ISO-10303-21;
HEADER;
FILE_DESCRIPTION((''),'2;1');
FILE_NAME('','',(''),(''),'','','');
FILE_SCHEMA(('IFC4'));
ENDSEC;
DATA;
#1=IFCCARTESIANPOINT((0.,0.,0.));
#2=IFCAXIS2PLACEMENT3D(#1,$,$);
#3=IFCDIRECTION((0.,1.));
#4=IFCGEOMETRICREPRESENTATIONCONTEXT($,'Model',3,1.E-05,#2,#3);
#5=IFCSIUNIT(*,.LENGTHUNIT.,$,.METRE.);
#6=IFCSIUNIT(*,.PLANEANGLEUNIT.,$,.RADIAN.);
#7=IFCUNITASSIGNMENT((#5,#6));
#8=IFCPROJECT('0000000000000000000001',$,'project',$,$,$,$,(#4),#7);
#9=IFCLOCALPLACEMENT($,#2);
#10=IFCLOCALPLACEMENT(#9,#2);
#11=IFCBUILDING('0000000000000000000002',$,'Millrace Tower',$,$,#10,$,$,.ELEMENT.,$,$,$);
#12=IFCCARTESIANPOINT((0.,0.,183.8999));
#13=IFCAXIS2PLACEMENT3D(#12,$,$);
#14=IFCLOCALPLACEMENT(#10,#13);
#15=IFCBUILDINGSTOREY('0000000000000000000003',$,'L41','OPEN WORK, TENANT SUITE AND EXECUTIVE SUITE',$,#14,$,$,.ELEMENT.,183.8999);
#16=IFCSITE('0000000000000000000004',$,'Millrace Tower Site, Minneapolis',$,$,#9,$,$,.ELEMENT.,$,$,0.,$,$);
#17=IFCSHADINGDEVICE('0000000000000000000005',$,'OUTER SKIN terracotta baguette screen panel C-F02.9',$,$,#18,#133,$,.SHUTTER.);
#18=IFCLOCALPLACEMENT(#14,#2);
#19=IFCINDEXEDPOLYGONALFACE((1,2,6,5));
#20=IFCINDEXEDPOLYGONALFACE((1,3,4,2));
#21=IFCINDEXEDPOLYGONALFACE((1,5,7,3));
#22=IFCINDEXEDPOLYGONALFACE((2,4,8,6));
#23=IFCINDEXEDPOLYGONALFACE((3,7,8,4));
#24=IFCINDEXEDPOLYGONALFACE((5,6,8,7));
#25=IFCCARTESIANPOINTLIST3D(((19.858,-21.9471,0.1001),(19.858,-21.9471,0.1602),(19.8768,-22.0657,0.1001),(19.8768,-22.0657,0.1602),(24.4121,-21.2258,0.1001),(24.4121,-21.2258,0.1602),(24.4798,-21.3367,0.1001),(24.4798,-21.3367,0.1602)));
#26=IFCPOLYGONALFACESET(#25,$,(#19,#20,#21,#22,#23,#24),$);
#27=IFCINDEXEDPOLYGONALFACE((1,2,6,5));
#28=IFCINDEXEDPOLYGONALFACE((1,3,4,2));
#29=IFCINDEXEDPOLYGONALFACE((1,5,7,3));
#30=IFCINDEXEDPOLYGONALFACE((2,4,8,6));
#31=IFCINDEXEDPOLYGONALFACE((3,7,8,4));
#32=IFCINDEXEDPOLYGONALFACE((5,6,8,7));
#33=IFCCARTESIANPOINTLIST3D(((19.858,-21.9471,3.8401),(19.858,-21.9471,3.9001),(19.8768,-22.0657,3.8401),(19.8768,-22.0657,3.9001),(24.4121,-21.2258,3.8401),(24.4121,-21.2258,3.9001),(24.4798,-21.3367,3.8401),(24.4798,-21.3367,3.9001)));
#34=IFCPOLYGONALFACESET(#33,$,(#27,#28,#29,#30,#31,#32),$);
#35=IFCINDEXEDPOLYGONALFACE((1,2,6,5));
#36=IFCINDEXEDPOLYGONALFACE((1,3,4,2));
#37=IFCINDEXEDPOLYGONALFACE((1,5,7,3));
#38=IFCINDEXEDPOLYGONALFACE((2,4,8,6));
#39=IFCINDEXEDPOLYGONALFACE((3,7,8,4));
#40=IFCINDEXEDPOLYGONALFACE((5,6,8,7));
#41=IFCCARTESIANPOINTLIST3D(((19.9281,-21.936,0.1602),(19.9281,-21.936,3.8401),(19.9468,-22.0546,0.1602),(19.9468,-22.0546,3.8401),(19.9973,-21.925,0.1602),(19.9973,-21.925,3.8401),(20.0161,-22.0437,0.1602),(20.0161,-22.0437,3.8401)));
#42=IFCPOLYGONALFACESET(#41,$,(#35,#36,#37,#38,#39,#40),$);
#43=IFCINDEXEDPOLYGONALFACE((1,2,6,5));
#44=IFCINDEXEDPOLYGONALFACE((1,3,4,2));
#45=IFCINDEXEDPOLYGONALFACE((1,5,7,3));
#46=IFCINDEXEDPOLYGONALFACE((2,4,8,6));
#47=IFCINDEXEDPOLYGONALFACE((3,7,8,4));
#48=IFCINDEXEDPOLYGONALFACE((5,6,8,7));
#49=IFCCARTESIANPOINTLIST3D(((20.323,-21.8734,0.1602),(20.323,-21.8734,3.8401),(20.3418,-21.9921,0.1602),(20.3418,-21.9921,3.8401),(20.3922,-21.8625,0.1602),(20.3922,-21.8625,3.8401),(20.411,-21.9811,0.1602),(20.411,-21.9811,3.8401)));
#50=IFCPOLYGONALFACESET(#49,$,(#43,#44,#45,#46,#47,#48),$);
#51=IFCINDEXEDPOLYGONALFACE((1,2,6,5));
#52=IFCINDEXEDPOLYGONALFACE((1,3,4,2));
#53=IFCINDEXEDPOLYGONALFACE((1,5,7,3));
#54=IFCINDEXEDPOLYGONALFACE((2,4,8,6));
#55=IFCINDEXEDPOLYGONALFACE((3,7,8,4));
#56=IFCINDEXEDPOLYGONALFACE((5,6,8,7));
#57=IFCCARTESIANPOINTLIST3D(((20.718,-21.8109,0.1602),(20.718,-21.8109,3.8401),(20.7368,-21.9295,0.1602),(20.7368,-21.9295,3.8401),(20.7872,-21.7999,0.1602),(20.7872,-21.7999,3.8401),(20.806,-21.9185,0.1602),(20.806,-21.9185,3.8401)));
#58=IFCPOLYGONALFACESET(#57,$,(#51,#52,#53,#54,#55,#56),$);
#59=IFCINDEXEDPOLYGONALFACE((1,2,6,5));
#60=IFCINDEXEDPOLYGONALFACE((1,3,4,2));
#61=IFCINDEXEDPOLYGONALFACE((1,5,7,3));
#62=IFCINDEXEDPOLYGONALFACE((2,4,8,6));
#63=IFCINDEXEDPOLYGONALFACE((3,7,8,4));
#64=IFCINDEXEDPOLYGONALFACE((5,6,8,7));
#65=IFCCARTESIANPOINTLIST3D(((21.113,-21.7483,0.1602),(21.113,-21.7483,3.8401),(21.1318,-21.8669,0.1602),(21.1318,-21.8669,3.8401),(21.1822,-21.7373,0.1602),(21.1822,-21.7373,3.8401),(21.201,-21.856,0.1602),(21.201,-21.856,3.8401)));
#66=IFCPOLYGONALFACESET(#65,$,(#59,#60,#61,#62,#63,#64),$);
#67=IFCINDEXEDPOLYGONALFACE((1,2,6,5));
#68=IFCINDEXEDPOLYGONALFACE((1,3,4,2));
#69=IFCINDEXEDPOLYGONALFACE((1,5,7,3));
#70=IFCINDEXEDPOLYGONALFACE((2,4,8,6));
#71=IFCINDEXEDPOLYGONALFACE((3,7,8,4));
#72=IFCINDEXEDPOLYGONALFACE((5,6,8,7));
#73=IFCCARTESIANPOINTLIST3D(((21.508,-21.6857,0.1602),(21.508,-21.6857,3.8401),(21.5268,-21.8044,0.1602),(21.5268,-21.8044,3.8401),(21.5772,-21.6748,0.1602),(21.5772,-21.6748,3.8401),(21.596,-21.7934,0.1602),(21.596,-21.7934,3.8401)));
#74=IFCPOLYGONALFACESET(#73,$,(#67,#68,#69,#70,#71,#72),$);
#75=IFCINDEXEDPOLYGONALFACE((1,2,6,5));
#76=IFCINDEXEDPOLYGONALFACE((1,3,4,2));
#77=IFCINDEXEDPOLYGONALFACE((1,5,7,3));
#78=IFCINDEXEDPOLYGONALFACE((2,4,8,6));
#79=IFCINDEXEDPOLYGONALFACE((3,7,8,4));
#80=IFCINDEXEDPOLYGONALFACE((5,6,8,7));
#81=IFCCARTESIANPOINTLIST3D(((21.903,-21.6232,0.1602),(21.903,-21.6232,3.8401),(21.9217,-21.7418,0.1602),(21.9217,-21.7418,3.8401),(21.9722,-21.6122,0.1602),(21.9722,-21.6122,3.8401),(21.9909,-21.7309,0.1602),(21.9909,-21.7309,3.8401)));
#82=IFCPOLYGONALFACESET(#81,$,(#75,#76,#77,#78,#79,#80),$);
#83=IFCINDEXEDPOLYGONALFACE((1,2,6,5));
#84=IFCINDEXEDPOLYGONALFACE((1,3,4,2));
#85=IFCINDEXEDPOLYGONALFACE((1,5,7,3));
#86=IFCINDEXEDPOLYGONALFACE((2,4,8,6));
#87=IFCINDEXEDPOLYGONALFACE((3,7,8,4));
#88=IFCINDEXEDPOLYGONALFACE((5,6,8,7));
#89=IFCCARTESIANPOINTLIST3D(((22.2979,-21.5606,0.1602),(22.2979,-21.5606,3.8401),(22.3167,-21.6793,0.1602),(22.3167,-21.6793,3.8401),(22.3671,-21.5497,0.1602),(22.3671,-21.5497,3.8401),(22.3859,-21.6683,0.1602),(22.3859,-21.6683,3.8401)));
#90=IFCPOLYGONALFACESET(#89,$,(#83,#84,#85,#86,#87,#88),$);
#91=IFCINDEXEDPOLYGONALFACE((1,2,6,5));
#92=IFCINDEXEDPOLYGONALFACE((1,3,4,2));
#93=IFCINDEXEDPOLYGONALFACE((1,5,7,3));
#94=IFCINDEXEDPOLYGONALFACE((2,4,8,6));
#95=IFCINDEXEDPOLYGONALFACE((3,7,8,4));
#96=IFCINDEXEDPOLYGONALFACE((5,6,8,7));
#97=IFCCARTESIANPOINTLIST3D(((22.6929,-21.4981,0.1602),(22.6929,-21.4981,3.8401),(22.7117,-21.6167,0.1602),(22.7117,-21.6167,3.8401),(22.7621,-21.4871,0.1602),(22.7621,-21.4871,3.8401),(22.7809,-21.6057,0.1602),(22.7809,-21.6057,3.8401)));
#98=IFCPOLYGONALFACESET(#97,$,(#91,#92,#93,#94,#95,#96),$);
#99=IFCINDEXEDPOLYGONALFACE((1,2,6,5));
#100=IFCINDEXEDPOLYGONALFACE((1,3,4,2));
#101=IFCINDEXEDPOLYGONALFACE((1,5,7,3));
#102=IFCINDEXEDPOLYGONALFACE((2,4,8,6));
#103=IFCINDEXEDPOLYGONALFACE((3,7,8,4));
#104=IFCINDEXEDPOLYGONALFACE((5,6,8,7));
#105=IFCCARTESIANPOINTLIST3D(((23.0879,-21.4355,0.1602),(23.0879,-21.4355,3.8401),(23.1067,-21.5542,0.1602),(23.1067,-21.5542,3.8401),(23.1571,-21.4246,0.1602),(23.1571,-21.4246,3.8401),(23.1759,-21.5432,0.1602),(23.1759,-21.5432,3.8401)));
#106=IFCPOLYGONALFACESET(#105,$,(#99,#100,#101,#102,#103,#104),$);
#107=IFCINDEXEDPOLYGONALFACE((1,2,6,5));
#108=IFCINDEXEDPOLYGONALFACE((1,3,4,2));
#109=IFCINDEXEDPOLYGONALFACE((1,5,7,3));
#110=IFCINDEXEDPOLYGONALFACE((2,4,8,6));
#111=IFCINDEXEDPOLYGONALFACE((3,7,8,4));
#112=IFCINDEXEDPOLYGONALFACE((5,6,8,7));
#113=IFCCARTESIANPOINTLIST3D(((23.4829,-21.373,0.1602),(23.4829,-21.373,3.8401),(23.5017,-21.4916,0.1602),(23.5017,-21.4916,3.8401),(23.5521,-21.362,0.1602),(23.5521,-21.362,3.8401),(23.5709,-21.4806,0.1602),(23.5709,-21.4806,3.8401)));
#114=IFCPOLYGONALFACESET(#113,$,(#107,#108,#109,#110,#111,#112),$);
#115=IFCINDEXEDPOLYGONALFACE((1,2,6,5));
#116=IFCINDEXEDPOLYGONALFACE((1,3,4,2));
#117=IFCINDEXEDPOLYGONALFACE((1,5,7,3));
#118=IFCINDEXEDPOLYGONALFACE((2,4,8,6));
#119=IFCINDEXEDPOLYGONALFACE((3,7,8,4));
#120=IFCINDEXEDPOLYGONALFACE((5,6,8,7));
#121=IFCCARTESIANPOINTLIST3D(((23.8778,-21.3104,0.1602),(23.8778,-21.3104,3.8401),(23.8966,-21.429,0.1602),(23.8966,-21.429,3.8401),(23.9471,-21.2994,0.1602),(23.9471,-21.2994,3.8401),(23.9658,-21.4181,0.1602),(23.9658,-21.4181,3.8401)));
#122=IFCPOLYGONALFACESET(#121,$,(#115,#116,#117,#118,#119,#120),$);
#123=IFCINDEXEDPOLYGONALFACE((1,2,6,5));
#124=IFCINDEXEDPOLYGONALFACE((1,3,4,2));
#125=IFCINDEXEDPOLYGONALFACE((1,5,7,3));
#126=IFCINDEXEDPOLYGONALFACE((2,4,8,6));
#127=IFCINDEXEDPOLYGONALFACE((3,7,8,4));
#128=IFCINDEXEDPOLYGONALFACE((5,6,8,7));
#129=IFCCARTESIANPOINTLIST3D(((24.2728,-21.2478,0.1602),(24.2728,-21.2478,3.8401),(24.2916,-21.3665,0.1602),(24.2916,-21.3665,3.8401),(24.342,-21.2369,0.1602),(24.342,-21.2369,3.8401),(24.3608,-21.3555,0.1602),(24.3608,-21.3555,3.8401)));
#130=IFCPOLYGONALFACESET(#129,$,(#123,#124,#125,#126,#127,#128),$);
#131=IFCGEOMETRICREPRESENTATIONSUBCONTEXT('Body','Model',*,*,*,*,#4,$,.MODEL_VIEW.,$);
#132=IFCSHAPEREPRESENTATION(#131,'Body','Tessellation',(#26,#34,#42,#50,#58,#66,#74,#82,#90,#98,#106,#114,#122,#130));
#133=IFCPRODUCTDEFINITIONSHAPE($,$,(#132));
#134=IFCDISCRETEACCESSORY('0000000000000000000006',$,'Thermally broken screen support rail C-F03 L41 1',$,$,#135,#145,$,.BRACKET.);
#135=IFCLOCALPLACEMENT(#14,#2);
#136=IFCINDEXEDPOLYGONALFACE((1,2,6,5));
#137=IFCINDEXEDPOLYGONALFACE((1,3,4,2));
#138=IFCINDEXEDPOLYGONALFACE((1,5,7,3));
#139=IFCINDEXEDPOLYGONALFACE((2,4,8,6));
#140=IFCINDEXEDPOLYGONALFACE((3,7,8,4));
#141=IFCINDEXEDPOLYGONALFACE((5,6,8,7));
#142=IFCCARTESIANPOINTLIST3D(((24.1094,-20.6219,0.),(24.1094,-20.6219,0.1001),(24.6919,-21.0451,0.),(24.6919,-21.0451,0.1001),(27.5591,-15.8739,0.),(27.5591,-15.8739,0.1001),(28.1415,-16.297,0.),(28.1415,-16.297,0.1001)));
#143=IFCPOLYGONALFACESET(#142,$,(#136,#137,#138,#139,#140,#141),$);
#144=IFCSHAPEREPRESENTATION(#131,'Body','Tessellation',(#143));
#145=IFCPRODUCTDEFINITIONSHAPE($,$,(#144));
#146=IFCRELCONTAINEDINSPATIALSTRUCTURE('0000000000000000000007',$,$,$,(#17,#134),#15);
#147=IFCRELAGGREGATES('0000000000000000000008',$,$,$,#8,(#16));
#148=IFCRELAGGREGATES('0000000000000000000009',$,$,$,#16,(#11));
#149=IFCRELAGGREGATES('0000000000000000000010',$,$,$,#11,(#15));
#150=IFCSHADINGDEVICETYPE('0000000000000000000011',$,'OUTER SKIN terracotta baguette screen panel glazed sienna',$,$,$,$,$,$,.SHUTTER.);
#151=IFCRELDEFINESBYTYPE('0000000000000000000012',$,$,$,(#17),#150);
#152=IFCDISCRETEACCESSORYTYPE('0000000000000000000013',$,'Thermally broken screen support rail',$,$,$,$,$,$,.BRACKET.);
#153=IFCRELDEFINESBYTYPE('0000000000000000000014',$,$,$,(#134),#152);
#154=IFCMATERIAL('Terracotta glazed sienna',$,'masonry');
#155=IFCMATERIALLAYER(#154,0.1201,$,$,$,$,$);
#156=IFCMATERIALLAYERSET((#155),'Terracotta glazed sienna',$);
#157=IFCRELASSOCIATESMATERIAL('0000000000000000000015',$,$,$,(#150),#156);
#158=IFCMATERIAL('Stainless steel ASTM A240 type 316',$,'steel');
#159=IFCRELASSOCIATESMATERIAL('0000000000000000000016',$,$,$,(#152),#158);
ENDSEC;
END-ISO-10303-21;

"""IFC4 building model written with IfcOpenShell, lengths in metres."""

from ifc_helpers import new_model, entity, si_unit, direction, frame, frame_2d, origin, origin_2d, place, context, subcontext, project, spatial, rectangle, extrude, source, transform, mapped, material, layer, layer_set, type_object, element, save


model = new_model("IFC4")

# Units and contexts
model_context = context("Model", 3, precision=1e-05, world=origin(), true_north=direction((0.0, 1.0)))
body_context = subcontext(model_context, "Body", "Model", "MODEL_VIEW")
ifc_project = project(units=[si_unit("LENGTHUNIT", "METRE"), si_unit("PLANEANGLEUNIT", "RADIAN")], contexts=[model_context])

# Site, building, storey
site_placement = place(None, origin())
site = spatial("IfcSite", under=ifc_project, at=site_placement, Name="Millrace Tower Site, Minneapolis", CompositionType="ELEMENT", RefElevation=0.0)
building_placement = place(site_placement, origin())
building = spatial("IfcBuilding", under=site, at=building_placement, Name="Millrace Tower", CompositionType="ELEMENT")
storey_placement = place(building_placement, frame((0.0, 0.0, 183.8999)))
storey = spatial("IfcBuildingStorey", under=building, at=storey_placement, Name="L41", Description="OPEN WORK, TENANT SUITE AND EXECUTIVE SUITE", CompositionType="ELEMENT", Elevation=183.8999)

# Shading device
ifc_material_1 = material(Name="Terracotta glazed sienna", Category="masonry")
ifc_layer_1 = layer(ifc_material_1, 0.1201)
ifc_layer_set_1 = layer_set([ifc_layer_1], Name="Terracotta glazed sienna")
shading_device_type = type_object("IfcShadingDeviceType", Name="OUTER SKIN terracotta baguette screen panel glazed sienna", PredefinedType="SHUTTER", material=ifc_layer_set_1)
cartesian_point_1 = entity("IfcCartesianPoint", [-2.3179, 0.0601])
shared_polyline_1 = entity("IfcPolyline", [cartesian_point_1, entity("IfcCartesianPoint", [2.293, 0.0601]), entity("IfcCartesianPoint", [2.3425, -0.0601]), entity("IfcCartesianPoint", [-2.3179, -0.0601]), cartesian_point_1])
shared_shape_1 = source(origin(), body_context, "Body", "SweptSolid", [
    entity("IfcExtrudedAreaSolid", entity("IfcArbitraryClosedProfileDef", "AREA", None, shared_polyline_1), entity("IfcAxis2Placement3D", entity("IfcCartesianPoint", [0.0, 0.0, 0.0])), entity("IfcDirection", [0.0, 0.0, 1.0]), 0.0601),
    entity("IfcExtrudedAreaSolid", entity("IfcArbitraryClosedProfileDef", "AREA", None, shared_polyline_1), entity("IfcAxis2Placement3D", entity("IfcCartesianPoint", [0.0, 0.0, 3.74])), entity("IfcDirection", [0.0, 0.0, 1.0]), 0.0601),
    extrude(rectangle(XDim=0.0701, YDim=0.1201, at=frame_2d((-2.2119, 0.0))), frame((0.0, 0.0, 0.0601)), (0.0, 0.0, 1.0), 3.6799),
    extrude(rectangle(XDim=0.0701, YDim=0.1201, at=frame_2d((-1.812, 0.0))), frame((0.0, 0.0, 0.0601)), (0.0, 0.0, 1.0), 3.6799),
    extrude(rectangle(XDim=0.0701, YDim=0.1201, at=frame_2d((-1.4121, 0.0))), frame((0.0, 0.0, 0.0601)), (0.0, 0.0, 1.0), 3.6799),
    extrude(rectangle(XDim=0.0701, YDim=0.1201, at=frame_2d((-1.0122, 0.0))), frame((0.0, 0.0, 0.0601)), (0.0, 0.0, 1.0), 3.6799),
    extrude(rectangle(XDim=0.0701, YDim=0.1201, at=frame_2d((-0.6123, 0.0))), frame((0.0, 0.0, 0.0601)), (0.0, 0.0, 1.0), 3.6799),
    extrude(rectangle(XDim=0.0701, YDim=0.1201, at=frame_2d((-0.2124, 0.0))), frame((0.0, 0.0, 0.0601)), (0.0, 0.0, 1.0), 3.6799),
    extrude(rectangle(XDim=0.0701, YDim=0.1201, at=frame_2d((0.1875, 0.0))), frame((0.0, 0.0, 0.0601)), (0.0, 0.0, 1.0), 3.6799),
    extrude(rectangle(XDim=0.0701, YDim=0.1201, at=frame_2d((0.5874, 0.0))), frame((0.0, 0.0, 0.0601)), (0.0, 0.0, 1.0), 3.6799),
    extrude(rectangle(XDim=0.0701, YDim=0.1201, at=frame_2d((0.9873, 0.0))), frame((0.0, 0.0, 0.0601)), (0.0, 0.0, 1.0), 3.6799),
    extrude(rectangle(XDim=0.0701, YDim=0.1201, at=frame_2d((1.3872, 0.0))), frame((0.0, 0.0, 0.0601)), (0.0, 0.0, 1.0), 3.6799),
    extrude(rectangle(XDim=0.0701, YDim=0.1201, at=frame_2d((1.7871, 0.0))), frame((0.0, 0.0, 0.0601)), (0.0, 0.0, 1.0), 3.6799),
    extrude(rectangle(XDim=0.0701, YDim=0.1201, at=frame_2d((2.187, 0.0))), frame((0.0, 0.0, 0.0601)), (0.0, 0.0, 1.0), 3.6799),
])
shading_device_1_placement = place(storey_placement, frame((22.1567, -21.6438, 0.1001), z_axis=(0.0, 0.0, 1.0), x_axis=(0.987688, 0.156434, 0.0)))
element("IfcShadingDevice", 1, at=shading_device_1_placement, inside=storey, type_object=shading_device_type, Name="OUTER SKIN terracotta baguette screen panel C-F02.9", PredefinedType="SHUTTER", context=body_context, shape_type="MappedRepresentation", body=[
    mapped(shared_shape_1, transform((0.0, 0.0, 0.0), scale=1.0)),
])

# Discrete accessory
ifc_material_2 = material(Name="Stainless steel ASTM A240 type 316", Category="steel")
discrete_accessory_type = type_object("IfcDiscreteAccessoryType", Name="Thermally broken screen support rail", PredefinedType="BRACKET", material=ifc_material_2)
discrete_accessory_placement = place(storey_placement, frame((26.1255, -18.4595, 0.0), z_axis=(0.0, 0.0, 1.0), x_axis=(0.587785, 0.809017, 0.0)))
element("IfcDiscreteAccessory", 2, at=discrete_accessory_placement, inside=storey, type_object=discrete_accessory_type, Name="Thermally broken screen support rail C-F03 L41 1", PredefinedType="BRACKET", context=body_context, shape_type="SweptSolid", body=[
    extrude(rectangle(XDim=5.8689, YDim=0.72, at=origin_2d()), origin(), (0.0, 0.0, 1.0), 0.1001),
])

save(model, "model.ifc")
